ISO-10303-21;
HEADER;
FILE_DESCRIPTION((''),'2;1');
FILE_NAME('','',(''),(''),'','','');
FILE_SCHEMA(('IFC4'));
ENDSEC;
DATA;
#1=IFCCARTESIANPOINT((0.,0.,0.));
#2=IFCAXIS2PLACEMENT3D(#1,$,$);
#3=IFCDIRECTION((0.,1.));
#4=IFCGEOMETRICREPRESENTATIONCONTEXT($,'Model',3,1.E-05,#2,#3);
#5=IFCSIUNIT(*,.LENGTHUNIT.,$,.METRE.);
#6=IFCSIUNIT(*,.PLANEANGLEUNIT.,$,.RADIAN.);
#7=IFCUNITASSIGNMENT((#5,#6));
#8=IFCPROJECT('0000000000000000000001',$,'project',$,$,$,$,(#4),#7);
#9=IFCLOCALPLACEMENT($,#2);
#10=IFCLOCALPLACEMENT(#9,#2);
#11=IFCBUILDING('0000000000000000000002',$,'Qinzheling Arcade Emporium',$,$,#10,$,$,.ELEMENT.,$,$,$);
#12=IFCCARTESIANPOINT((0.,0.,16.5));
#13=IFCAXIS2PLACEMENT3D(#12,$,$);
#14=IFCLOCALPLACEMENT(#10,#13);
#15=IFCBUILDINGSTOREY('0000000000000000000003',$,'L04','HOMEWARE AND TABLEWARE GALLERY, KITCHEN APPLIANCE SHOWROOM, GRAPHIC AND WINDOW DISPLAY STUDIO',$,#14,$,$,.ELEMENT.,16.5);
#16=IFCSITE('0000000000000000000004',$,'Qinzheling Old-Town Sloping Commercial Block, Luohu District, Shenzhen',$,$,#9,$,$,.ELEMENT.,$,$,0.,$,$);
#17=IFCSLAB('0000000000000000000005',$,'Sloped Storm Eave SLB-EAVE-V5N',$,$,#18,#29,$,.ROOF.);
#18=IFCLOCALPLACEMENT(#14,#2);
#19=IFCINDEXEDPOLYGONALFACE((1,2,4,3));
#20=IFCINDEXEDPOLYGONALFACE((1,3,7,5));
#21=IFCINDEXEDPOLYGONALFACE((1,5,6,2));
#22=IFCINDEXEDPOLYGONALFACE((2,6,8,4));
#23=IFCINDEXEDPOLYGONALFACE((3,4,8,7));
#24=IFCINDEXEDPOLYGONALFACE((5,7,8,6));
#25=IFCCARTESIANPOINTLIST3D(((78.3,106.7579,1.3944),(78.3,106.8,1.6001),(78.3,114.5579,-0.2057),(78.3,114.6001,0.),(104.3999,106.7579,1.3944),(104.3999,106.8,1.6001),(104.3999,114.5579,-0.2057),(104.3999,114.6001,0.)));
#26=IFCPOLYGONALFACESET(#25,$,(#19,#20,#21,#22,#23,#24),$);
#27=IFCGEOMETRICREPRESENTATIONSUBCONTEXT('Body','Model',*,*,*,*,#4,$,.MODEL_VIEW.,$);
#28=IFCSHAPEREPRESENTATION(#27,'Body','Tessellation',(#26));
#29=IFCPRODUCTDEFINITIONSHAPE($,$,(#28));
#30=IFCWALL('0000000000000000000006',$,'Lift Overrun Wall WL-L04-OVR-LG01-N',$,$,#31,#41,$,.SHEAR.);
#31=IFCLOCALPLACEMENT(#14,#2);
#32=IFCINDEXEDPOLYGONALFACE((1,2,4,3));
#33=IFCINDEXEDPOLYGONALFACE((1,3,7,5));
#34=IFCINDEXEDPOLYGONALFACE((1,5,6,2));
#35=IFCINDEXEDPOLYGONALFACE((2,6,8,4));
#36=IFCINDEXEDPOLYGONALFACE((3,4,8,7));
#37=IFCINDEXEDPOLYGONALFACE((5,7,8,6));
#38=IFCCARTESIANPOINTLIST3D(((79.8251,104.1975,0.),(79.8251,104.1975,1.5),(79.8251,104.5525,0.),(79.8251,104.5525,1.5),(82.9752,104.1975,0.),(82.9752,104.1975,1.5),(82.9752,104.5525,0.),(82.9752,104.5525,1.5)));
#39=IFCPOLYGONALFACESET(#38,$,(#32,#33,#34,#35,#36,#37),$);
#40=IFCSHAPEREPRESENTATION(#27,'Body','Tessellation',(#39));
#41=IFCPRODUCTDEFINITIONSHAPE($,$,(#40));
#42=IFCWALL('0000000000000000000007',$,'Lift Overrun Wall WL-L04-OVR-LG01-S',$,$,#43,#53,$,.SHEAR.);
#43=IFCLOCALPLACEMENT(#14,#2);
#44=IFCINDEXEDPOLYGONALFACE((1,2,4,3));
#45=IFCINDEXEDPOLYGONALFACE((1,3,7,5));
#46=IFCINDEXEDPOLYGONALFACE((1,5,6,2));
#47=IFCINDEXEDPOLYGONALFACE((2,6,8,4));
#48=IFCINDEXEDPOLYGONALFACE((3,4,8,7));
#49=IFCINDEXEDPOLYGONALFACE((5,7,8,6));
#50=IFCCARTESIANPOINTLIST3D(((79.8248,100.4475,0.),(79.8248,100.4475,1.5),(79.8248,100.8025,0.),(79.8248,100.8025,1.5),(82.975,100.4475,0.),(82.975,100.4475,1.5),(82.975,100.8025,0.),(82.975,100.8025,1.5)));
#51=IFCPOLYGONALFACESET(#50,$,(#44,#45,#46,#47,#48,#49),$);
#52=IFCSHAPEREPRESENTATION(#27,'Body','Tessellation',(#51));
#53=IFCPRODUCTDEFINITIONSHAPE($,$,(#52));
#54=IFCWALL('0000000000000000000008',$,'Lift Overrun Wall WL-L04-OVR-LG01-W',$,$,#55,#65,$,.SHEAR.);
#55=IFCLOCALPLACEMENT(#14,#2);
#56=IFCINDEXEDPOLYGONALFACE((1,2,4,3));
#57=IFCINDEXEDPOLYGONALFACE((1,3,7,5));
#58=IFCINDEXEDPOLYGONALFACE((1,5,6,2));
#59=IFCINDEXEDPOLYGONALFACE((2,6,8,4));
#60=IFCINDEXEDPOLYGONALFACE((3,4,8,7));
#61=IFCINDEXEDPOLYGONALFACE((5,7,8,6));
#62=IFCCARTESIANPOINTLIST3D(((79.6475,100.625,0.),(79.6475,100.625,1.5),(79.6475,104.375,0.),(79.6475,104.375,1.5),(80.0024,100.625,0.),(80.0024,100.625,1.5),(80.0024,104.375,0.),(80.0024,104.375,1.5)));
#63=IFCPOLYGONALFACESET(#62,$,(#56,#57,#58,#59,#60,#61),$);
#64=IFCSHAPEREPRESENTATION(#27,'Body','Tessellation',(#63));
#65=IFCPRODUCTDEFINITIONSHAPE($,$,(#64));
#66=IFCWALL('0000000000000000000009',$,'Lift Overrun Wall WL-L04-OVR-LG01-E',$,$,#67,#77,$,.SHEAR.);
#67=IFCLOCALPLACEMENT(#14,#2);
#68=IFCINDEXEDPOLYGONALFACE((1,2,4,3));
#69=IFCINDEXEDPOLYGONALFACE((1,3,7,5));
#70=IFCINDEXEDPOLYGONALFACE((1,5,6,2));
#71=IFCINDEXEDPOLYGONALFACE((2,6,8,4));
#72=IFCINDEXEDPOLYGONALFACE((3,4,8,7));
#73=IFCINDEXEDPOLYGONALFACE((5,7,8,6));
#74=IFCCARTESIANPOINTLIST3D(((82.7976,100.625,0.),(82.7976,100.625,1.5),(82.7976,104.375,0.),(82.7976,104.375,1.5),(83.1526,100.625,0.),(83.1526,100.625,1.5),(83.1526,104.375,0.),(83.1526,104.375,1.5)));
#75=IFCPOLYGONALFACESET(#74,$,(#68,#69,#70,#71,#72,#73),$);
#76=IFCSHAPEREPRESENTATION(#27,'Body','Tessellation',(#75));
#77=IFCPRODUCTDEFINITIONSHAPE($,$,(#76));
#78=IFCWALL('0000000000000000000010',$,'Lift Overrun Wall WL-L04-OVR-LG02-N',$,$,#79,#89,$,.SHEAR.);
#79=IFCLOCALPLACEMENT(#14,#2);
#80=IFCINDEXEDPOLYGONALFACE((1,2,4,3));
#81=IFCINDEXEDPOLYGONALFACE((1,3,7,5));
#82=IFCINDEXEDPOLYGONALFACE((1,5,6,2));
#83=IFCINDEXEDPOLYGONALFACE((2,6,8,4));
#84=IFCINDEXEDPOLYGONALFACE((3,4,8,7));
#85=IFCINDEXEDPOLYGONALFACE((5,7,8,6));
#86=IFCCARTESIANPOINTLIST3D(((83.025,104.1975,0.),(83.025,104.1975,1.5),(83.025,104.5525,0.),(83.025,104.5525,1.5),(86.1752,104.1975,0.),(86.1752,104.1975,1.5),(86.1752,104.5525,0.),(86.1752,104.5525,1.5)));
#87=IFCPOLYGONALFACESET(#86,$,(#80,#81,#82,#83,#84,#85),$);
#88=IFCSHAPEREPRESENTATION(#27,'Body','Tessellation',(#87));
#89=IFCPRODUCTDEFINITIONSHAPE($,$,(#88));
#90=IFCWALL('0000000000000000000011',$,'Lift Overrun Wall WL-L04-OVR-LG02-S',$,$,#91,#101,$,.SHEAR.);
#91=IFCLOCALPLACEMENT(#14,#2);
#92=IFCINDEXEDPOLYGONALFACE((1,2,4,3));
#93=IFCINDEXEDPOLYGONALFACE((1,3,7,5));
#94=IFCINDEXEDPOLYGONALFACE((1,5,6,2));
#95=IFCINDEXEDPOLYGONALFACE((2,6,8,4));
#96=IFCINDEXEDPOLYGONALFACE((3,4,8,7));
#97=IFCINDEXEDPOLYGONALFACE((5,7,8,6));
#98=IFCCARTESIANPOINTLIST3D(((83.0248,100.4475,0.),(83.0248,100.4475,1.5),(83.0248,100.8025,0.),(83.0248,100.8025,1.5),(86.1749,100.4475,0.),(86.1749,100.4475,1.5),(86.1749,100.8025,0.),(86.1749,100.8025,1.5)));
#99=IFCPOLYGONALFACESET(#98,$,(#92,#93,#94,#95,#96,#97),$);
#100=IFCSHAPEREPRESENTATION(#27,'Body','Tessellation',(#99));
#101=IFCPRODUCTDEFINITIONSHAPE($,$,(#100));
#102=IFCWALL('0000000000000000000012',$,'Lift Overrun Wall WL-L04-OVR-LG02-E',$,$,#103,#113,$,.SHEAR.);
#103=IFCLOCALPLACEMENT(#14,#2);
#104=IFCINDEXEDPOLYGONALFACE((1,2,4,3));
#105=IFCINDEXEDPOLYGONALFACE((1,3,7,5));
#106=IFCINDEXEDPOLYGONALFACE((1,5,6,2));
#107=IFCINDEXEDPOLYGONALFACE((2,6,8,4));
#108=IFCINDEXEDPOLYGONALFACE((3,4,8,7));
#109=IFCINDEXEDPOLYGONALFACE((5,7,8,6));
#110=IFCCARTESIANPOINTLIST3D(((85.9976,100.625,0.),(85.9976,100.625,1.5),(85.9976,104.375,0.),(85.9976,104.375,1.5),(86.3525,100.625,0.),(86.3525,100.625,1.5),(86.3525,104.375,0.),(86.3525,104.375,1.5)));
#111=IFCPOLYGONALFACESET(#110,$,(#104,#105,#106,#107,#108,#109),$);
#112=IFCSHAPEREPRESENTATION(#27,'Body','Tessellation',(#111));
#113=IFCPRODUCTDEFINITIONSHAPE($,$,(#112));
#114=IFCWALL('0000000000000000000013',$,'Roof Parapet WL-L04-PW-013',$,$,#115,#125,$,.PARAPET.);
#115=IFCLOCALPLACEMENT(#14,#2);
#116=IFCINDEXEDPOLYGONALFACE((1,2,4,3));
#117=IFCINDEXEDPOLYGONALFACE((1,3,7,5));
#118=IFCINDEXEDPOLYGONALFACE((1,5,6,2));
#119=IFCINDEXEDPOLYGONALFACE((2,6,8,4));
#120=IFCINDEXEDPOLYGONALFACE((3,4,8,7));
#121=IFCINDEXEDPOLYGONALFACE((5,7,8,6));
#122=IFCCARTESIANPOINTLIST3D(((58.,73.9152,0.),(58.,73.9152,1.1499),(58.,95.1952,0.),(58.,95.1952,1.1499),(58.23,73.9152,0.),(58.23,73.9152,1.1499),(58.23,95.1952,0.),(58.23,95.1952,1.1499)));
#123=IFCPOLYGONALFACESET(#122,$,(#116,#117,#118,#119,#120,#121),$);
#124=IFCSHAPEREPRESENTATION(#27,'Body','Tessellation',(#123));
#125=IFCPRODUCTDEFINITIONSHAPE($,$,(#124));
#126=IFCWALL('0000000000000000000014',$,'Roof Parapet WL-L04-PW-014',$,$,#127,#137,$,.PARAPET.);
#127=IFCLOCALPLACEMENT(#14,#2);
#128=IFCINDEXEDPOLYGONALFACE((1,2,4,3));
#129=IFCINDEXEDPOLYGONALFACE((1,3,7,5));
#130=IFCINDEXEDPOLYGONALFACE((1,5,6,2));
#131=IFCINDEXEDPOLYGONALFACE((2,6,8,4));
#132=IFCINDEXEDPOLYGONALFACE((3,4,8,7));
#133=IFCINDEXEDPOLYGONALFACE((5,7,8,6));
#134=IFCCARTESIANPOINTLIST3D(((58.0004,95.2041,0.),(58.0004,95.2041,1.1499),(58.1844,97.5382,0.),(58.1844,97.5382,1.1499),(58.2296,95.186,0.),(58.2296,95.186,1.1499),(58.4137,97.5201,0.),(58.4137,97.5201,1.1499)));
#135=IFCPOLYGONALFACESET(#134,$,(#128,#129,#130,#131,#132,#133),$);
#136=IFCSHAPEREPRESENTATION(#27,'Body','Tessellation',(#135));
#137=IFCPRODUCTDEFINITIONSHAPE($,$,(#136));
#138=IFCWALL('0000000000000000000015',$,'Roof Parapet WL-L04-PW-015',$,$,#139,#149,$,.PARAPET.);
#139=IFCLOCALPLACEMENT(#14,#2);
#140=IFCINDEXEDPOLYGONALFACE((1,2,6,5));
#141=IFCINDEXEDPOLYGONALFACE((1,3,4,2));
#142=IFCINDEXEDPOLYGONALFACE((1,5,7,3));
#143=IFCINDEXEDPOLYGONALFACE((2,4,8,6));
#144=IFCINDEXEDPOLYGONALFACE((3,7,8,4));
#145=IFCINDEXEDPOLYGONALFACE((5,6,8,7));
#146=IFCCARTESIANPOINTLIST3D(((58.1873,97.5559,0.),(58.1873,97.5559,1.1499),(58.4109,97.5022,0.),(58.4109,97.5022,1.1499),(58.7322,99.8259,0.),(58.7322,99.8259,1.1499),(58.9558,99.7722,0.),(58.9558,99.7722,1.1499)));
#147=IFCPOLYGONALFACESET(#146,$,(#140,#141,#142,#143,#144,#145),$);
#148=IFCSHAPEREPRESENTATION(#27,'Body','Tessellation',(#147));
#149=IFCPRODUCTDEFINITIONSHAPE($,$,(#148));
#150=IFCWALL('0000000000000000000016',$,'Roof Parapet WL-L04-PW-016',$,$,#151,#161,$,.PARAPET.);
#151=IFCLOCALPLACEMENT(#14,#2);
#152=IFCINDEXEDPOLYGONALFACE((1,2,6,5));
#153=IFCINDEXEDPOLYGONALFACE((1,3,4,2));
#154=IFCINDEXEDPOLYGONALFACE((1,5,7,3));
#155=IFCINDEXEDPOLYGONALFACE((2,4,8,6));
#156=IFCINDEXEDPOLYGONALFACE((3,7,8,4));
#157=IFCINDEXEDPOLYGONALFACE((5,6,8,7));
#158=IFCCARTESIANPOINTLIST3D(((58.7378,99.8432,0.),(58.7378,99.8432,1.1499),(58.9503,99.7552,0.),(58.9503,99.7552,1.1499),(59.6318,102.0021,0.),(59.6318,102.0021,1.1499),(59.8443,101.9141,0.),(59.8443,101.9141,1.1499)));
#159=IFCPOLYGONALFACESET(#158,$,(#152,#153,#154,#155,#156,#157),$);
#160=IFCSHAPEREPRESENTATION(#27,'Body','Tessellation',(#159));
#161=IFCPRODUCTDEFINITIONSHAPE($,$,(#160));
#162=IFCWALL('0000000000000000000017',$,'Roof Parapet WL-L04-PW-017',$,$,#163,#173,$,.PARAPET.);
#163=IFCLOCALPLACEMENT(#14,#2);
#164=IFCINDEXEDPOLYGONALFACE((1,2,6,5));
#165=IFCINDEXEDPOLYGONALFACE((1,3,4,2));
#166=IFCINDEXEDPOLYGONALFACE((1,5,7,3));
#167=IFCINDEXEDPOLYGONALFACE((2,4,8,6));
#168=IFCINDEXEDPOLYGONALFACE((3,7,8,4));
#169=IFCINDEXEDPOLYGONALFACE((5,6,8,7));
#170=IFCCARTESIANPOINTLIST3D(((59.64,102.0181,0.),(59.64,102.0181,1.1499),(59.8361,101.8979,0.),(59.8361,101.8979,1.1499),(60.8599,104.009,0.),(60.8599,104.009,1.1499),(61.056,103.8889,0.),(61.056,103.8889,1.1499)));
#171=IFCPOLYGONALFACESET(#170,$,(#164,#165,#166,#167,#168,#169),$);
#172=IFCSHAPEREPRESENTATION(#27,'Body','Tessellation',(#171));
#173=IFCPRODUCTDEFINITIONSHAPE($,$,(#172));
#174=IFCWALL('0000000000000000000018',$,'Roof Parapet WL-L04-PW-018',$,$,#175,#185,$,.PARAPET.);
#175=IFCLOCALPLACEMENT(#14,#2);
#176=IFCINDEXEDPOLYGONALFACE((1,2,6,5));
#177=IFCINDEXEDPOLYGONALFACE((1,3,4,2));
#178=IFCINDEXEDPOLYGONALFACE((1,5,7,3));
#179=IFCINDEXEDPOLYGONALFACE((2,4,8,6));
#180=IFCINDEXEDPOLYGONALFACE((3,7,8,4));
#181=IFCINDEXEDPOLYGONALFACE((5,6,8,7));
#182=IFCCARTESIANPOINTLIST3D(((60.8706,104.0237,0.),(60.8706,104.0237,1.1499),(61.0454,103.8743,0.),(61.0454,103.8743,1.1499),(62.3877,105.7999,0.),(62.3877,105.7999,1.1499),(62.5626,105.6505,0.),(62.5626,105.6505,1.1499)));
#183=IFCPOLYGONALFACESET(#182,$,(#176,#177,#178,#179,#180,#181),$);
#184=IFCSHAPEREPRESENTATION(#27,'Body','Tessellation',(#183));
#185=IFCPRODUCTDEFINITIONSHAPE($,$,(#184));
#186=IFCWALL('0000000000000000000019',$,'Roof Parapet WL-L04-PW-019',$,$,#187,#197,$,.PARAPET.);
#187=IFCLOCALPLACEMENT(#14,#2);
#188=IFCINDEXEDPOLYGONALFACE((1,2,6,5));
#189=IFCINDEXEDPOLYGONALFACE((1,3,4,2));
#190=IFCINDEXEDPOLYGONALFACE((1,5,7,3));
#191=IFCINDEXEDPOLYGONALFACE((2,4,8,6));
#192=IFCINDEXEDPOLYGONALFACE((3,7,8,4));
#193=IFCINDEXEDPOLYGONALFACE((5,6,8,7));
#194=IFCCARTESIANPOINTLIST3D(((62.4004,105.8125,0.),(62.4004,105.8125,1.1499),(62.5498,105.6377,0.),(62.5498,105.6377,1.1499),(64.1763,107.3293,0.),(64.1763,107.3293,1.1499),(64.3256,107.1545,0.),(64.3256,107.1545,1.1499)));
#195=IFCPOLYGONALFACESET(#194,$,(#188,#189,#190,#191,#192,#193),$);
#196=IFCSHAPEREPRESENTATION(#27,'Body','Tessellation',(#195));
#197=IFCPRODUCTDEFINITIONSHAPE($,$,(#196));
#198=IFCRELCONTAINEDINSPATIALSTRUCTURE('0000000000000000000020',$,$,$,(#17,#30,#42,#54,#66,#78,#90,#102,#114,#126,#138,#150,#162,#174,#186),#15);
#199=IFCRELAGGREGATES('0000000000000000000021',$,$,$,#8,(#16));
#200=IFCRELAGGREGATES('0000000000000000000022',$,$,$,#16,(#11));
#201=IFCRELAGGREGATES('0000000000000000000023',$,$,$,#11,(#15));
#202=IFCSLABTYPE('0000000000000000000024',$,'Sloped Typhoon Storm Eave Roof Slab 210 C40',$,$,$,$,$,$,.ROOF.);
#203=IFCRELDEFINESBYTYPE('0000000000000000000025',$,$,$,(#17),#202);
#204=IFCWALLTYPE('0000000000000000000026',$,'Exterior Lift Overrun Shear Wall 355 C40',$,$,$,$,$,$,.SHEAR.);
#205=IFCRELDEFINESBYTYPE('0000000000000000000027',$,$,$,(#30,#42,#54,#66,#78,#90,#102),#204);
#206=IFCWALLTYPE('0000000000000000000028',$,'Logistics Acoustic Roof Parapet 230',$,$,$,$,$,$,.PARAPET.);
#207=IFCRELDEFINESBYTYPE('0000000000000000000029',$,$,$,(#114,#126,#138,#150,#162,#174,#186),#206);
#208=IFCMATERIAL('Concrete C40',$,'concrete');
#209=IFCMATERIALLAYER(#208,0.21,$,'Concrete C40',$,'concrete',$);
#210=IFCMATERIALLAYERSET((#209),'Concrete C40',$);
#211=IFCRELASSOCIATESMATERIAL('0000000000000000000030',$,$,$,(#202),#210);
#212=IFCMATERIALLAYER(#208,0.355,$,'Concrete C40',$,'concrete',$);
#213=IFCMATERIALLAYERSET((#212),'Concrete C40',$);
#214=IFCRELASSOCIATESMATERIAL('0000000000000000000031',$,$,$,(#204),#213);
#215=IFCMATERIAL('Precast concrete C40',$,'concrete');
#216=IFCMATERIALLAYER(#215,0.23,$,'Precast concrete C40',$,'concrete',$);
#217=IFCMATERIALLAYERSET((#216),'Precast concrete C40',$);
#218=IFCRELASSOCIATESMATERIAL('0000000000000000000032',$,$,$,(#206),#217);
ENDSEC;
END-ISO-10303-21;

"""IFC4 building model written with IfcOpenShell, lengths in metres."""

from ifc_helpers import new_model, si_unit, direction, frame, frame_2d, origin, place, context, subcontext, project, spatial, polyline, rectangle, outline, extrude, material, layer, layer_set, type_object, element, save


model = new_model("IFC4")

# Units and contexts
model_context = context("Model", 3, precision=1e-05, world=origin(), true_north=direction((0.0, 1.0)))
body_context = subcontext(model_context, "Body", "Model", "MODEL_VIEW")
ifc_project = project(units=[si_unit("LENGTHUNIT", "METRE"), si_unit("PLANEANGLEUNIT", "RADIAN")], contexts=[model_context])

# Site, building, storey
site_placement = place(None, origin())
site = spatial("IfcSite", under=ifc_project, at=site_placement, Name="Qinzheling Old-Town Sloping Commercial Block, Luohu District, Shenzhen", CompositionType="ELEMENT", RefElevation=0.0)
building_placement = place(site_placement, origin())
building = spatial("IfcBuilding", under=site, at=building_placement, Name="Qinzheling Arcade Emporium", CompositionType="ELEMENT")
storey_placement = place(building_placement, frame((0.0, 0.0, 16.5)))
storey = spatial("IfcBuildingStorey", under=building, at=storey_placement, Name="L04", Description="HOMEWARE AND TABLEWARE GALLERY, KITCHEN APPLIANCE SHOWROOM, GRAPHIC AND WINDOW DISPLAY STUDIO", CompositionType="ELEMENT", Elevation=16.5)

# Shared definitions
ifc_material_1 = material(Name="Concrete C40", Category="concrete")

# Slab
ifc_layer_1 = layer(ifc_material_1, 0.21, Name="Concrete C40", Category="concrete")
ifc_layer_set_1 = layer_set([ifc_layer_1], Name="Concrete C40")
slab_type = type_object("IfcSlabType", Name="Sloped Typhoon Storm Eave Roof Slab 210 C40", PredefinedType="ROOF", material=ifc_layer_set_1)
slab_placement = place(storey_placement, frame((78.3, 106.8, 1.6001), z_axis=(0.0, 0.200955, 0.979601), x_axis=(1.0, 0.0, 0.0)))
element("IfcSlab", 1, at=slab_placement, inside=storey, type_object=slab_type, Name="Sloped Storm Eave SLB-EAVE-V5N", PredefinedType="ROOF", context=body_context, shape_type="SweptSolid", body=[
    extrude(outline(polyline([(0.0, 0.0), (26.0999, 0.0), (26.0999, 7.9625), (0.0, 7.9625), (0.0, 0.0)])), origin(), (0.0, 0.0, -1.0), 0.21),
])

# Walls
ifc_layer_2 = layer(ifc_material_1, 0.355, Name="Concrete C40", Category="concrete")
ifc_layer_set_2 = layer_set([ifc_layer_2], Name="Concrete C40")
wall_type_1 = type_object("IfcWallType", Name="Exterior Lift Overrun Shear Wall 355 C40", PredefinedType="SHEAR", material=ifc_layer_set_2)
for number, where, z_axis, x_axis, name in (
    (2, (79.825, 104.375, 0.0), (0.0, 0.0, 1.0), (1.0, 0.0, 0.0), "Lift Overrun Wall WL-L04-OVR-LG01-N"),
    (3, (82.9751, 100.625, 0.0), (0.0, 0.0, 1.0), (-1.0, 0.0, 0.0), "Lift Overrun Wall WL-L04-OVR-LG01-S"),
):
    element("IfcWall", number, at=place(storey_placement, frame(where, z_axis=z_axis, x_axis=x_axis)), inside=storey, type_object=wall_type_1, Name=name, PredefinedType="SHEAR", context=body_context, shape_type="SweptSolid", body=[
        extrude(rectangle(XDim=3.1501, YDim=0.355, at=frame_2d((1.5752, 0.0))), origin(), (0.0, 0.0, 1.0), 1.5),
    ])
for number, where, z_axis, x_axis, name in (
    (4, (79.825, 100.625, 0.0), (0.0, 0.0, 1.0), (0.0, 1.0, 0.0), "Lift Overrun Wall WL-L04-OVR-LG01-W"),
    (5, (82.9751, 104.375, 0.0), (0.0, 0.0, 1.0), (0.0, -1.0, 0.0), "Lift Overrun Wall WL-L04-OVR-LG01-E"),
):
    element("IfcWall", number, at=place(storey_placement, frame(where, z_axis=z_axis, x_axis=x_axis)), inside=storey, type_object=wall_type_1, Name=name, PredefinedType="SHEAR", context=body_context, shape_type="SweptSolid", body=[
        extrude(rectangle(XDim=3.75, YDim=0.355, at=frame_2d((1.875, 0.0))), origin(), (0.0, 0.0, 1.0), 1.5),
    ])
for number, where, z_axis, x_axis, name in (
    (6, (83.0249, 104.375, 0.0), (0.0, 0.0, 1.0), (1.0, 0.0, 0.0), "Lift Overrun Wall WL-L04-OVR-LG02-N"),
    (7, (86.175, 100.625, 0.0), (0.0, 0.0, 1.0), (-1.0, 0.0, 0.0), "Lift Overrun Wall WL-L04-OVR-LG02-S"),
):
    element("IfcWall", number, at=place(storey_placement, frame(where, z_axis=z_axis, x_axis=x_axis)), inside=storey, type_object=wall_type_1, Name=name, PredefinedType="SHEAR", context=body_context, shape_type="SweptSolid", body=[
        extrude(rectangle(XDim=3.1501, YDim=0.355, at=frame_2d((1.5752, 0.0))), origin(), (0.0, 0.0, 1.0), 1.5),
    ])
wall_1_placement = place(storey_placement, frame((86.175, 104.375, 0.0), z_axis=(0.0, 0.0, 1.0), x_axis=(0.0, -1.0, 0.0)))
element("IfcWall", 8, at=wall_1_placement, inside=storey, type_object=wall_type_1, Name="Lift Overrun Wall WL-L04-OVR-LG02-E", PredefinedType="SHEAR", context=body_context, shape_type="SweptSolid", body=[
    extrude(rectangle(XDim=3.75, YDim=0.355, at=frame_2d((1.875, 0.0))), origin(), (0.0, 0.0, 1.0), 1.5),
])
ifc_material_2 = material(Name="Precast concrete C40", Category="concrete")
ifc_layer_3 = layer(ifc_material_2, 0.23, Name="Precast concrete C40", Category="concrete")
ifc_layer_set_3 = layer_set([ifc_layer_3], Name="Precast concrete C40")
wall_type_2 = type_object("IfcWallType", Name="Logistics Acoustic Roof Parapet 230", PredefinedType="PARAPET", material=ifc_layer_set_3)
wall_2_placement = place(storey_placement, frame((58.115, 73.915, 0.0), z_axis=(0.0, 0.0, 1.0), x_axis=(0.0, 1.0, 0.0)))
element("IfcWall", 9, at=wall_2_placement, inside=storey, type_object=wall_type_2, Name="Roof Parapet WL-L04-PW-013", PredefinedType="PARAPET", context=body_context, shape_type="SweptSolid", body=[
    extrude(rectangle(XDim=21.28, YDim=0.23, at=frame_2d((10.6401, 0.0))), origin(), (0.0, 0.0, 1.0), 1.1499),
])
wall_3_placement = place(storey_placement, frame((58.115, 95.1951, 0.0), z_axis=(0.0, 0.0, 1.0), x_axis=(0.078626, 0.996904, 0.0)))
element("IfcWall", 10, at=wall_3_placement, inside=storey, type_object=wall_type_2, Name="Roof Parapet WL-L04-PW-014", PredefinedType="PARAPET", context=body_context, shape_type="SweptSolid", body=[
    extrude(rectangle(XDim=2.3413, YDim=0.23, at=frame_2d((1.1707, 0.0))), origin(), (0.0, 0.0, 1.0), 1.1499),
])
wall_4_placement = place(storey_placement, frame((58.2991, 97.5291, 0.0), z_axis=(0.0, 0.0, 1.0), x_axis=(0.23342, 0.972376, 0.0)))
element("IfcWall", 11, at=wall_4_placement, inside=storey, type_object=wall_type_2, Name="Roof Parapet WL-L04-PW-015", PredefinedType="PARAPET", context=body_context, shape_type="SweptSolid", body=[
    extrude(rectangle(XDim=2.3345, YDim=0.23, at=frame_2d((1.1672, 0.0))), origin(), (0.0, 0.0, 1.0), 1.1499),
])
wall_5_placement = place(storey_placement, frame((58.844, 99.7991, 0.0), z_axis=(0.0, 0.0, 1.0), x_axis=(0.382604, 0.923912, 0.0)))
element("IfcWall", 12, at=wall_5_placement, inside=storey, type_object=wall_type_2, Name="Roof Parapet WL-L04-PW-016", PredefinedType="PARAPET", context=body_context, shape_type="SweptSolid", body=[
    extrude(rectangle(XDim=2.3367, YDim=0.23, at=frame_2d((1.1685, 0.0))), origin(), (0.0, 0.0, 1.0), 1.1499),
])
wall_6_placement = place(storey_placement, frame((59.738, 101.958, 0.0), z_axis=(0.0, 0.0, 1.0), x_axis=(0.522469, 0.852658, 0.0)))
element("IfcWall", 13, at=wall_6_placement, inside=storey, type_object=wall_type_2, Name="Roof Parapet WL-L04-PW-017", PredefinedType="PARAPET", context=body_context, shape_type="SweptSolid", body=[
    extrude(rectangle(XDim=2.335, YDim=0.23, at=frame_2d((1.1675, 0.0))), origin(), (0.0, 0.0, 1.0), 1.1499),
])
wall_7_placement = place(storey_placement, frame((60.958, 103.949, 0.0), z_axis=(0.0, 0.0, 1.0), x_axis=(0.649482, 0.760377, 0.0)))
element("IfcWall", 14, at=wall_7_placement, inside=storey, type_object=wall_type_2, Name="Roof Parapet WL-L04-PW-018", PredefinedType="PARAPET", context=body_context, shape_type="SweptSolid", body=[
    extrude(rectangle(XDim=2.3359, YDim=0.23, at=frame_2d((1.168, 0.0))), origin(), (0.0, 0.0, 1.0), 1.1499),
])
wall_8_placement = place(storey_placement, frame((62.4751, 105.7251, 0.0), z_axis=(0.0, 0.0, 1.0), x_axis=(0.760384, 0.649473, 0.0)))
element("IfcWall", 15, at=wall_8_placement, inside=storey, type_object=wall_type_2, Name="Roof Parapet WL-L04-PW-019", PredefinedType="PARAPET", context=body_context, shape_type="SweptSolid", body=[
    extrude(rectangle(XDim=2.3354, YDim=0.23, at=frame_2d((1.1677, 0.0))), origin(), (0.0, 0.0, 1.0), 1.1499),
])

save(model, "model.ifc")
